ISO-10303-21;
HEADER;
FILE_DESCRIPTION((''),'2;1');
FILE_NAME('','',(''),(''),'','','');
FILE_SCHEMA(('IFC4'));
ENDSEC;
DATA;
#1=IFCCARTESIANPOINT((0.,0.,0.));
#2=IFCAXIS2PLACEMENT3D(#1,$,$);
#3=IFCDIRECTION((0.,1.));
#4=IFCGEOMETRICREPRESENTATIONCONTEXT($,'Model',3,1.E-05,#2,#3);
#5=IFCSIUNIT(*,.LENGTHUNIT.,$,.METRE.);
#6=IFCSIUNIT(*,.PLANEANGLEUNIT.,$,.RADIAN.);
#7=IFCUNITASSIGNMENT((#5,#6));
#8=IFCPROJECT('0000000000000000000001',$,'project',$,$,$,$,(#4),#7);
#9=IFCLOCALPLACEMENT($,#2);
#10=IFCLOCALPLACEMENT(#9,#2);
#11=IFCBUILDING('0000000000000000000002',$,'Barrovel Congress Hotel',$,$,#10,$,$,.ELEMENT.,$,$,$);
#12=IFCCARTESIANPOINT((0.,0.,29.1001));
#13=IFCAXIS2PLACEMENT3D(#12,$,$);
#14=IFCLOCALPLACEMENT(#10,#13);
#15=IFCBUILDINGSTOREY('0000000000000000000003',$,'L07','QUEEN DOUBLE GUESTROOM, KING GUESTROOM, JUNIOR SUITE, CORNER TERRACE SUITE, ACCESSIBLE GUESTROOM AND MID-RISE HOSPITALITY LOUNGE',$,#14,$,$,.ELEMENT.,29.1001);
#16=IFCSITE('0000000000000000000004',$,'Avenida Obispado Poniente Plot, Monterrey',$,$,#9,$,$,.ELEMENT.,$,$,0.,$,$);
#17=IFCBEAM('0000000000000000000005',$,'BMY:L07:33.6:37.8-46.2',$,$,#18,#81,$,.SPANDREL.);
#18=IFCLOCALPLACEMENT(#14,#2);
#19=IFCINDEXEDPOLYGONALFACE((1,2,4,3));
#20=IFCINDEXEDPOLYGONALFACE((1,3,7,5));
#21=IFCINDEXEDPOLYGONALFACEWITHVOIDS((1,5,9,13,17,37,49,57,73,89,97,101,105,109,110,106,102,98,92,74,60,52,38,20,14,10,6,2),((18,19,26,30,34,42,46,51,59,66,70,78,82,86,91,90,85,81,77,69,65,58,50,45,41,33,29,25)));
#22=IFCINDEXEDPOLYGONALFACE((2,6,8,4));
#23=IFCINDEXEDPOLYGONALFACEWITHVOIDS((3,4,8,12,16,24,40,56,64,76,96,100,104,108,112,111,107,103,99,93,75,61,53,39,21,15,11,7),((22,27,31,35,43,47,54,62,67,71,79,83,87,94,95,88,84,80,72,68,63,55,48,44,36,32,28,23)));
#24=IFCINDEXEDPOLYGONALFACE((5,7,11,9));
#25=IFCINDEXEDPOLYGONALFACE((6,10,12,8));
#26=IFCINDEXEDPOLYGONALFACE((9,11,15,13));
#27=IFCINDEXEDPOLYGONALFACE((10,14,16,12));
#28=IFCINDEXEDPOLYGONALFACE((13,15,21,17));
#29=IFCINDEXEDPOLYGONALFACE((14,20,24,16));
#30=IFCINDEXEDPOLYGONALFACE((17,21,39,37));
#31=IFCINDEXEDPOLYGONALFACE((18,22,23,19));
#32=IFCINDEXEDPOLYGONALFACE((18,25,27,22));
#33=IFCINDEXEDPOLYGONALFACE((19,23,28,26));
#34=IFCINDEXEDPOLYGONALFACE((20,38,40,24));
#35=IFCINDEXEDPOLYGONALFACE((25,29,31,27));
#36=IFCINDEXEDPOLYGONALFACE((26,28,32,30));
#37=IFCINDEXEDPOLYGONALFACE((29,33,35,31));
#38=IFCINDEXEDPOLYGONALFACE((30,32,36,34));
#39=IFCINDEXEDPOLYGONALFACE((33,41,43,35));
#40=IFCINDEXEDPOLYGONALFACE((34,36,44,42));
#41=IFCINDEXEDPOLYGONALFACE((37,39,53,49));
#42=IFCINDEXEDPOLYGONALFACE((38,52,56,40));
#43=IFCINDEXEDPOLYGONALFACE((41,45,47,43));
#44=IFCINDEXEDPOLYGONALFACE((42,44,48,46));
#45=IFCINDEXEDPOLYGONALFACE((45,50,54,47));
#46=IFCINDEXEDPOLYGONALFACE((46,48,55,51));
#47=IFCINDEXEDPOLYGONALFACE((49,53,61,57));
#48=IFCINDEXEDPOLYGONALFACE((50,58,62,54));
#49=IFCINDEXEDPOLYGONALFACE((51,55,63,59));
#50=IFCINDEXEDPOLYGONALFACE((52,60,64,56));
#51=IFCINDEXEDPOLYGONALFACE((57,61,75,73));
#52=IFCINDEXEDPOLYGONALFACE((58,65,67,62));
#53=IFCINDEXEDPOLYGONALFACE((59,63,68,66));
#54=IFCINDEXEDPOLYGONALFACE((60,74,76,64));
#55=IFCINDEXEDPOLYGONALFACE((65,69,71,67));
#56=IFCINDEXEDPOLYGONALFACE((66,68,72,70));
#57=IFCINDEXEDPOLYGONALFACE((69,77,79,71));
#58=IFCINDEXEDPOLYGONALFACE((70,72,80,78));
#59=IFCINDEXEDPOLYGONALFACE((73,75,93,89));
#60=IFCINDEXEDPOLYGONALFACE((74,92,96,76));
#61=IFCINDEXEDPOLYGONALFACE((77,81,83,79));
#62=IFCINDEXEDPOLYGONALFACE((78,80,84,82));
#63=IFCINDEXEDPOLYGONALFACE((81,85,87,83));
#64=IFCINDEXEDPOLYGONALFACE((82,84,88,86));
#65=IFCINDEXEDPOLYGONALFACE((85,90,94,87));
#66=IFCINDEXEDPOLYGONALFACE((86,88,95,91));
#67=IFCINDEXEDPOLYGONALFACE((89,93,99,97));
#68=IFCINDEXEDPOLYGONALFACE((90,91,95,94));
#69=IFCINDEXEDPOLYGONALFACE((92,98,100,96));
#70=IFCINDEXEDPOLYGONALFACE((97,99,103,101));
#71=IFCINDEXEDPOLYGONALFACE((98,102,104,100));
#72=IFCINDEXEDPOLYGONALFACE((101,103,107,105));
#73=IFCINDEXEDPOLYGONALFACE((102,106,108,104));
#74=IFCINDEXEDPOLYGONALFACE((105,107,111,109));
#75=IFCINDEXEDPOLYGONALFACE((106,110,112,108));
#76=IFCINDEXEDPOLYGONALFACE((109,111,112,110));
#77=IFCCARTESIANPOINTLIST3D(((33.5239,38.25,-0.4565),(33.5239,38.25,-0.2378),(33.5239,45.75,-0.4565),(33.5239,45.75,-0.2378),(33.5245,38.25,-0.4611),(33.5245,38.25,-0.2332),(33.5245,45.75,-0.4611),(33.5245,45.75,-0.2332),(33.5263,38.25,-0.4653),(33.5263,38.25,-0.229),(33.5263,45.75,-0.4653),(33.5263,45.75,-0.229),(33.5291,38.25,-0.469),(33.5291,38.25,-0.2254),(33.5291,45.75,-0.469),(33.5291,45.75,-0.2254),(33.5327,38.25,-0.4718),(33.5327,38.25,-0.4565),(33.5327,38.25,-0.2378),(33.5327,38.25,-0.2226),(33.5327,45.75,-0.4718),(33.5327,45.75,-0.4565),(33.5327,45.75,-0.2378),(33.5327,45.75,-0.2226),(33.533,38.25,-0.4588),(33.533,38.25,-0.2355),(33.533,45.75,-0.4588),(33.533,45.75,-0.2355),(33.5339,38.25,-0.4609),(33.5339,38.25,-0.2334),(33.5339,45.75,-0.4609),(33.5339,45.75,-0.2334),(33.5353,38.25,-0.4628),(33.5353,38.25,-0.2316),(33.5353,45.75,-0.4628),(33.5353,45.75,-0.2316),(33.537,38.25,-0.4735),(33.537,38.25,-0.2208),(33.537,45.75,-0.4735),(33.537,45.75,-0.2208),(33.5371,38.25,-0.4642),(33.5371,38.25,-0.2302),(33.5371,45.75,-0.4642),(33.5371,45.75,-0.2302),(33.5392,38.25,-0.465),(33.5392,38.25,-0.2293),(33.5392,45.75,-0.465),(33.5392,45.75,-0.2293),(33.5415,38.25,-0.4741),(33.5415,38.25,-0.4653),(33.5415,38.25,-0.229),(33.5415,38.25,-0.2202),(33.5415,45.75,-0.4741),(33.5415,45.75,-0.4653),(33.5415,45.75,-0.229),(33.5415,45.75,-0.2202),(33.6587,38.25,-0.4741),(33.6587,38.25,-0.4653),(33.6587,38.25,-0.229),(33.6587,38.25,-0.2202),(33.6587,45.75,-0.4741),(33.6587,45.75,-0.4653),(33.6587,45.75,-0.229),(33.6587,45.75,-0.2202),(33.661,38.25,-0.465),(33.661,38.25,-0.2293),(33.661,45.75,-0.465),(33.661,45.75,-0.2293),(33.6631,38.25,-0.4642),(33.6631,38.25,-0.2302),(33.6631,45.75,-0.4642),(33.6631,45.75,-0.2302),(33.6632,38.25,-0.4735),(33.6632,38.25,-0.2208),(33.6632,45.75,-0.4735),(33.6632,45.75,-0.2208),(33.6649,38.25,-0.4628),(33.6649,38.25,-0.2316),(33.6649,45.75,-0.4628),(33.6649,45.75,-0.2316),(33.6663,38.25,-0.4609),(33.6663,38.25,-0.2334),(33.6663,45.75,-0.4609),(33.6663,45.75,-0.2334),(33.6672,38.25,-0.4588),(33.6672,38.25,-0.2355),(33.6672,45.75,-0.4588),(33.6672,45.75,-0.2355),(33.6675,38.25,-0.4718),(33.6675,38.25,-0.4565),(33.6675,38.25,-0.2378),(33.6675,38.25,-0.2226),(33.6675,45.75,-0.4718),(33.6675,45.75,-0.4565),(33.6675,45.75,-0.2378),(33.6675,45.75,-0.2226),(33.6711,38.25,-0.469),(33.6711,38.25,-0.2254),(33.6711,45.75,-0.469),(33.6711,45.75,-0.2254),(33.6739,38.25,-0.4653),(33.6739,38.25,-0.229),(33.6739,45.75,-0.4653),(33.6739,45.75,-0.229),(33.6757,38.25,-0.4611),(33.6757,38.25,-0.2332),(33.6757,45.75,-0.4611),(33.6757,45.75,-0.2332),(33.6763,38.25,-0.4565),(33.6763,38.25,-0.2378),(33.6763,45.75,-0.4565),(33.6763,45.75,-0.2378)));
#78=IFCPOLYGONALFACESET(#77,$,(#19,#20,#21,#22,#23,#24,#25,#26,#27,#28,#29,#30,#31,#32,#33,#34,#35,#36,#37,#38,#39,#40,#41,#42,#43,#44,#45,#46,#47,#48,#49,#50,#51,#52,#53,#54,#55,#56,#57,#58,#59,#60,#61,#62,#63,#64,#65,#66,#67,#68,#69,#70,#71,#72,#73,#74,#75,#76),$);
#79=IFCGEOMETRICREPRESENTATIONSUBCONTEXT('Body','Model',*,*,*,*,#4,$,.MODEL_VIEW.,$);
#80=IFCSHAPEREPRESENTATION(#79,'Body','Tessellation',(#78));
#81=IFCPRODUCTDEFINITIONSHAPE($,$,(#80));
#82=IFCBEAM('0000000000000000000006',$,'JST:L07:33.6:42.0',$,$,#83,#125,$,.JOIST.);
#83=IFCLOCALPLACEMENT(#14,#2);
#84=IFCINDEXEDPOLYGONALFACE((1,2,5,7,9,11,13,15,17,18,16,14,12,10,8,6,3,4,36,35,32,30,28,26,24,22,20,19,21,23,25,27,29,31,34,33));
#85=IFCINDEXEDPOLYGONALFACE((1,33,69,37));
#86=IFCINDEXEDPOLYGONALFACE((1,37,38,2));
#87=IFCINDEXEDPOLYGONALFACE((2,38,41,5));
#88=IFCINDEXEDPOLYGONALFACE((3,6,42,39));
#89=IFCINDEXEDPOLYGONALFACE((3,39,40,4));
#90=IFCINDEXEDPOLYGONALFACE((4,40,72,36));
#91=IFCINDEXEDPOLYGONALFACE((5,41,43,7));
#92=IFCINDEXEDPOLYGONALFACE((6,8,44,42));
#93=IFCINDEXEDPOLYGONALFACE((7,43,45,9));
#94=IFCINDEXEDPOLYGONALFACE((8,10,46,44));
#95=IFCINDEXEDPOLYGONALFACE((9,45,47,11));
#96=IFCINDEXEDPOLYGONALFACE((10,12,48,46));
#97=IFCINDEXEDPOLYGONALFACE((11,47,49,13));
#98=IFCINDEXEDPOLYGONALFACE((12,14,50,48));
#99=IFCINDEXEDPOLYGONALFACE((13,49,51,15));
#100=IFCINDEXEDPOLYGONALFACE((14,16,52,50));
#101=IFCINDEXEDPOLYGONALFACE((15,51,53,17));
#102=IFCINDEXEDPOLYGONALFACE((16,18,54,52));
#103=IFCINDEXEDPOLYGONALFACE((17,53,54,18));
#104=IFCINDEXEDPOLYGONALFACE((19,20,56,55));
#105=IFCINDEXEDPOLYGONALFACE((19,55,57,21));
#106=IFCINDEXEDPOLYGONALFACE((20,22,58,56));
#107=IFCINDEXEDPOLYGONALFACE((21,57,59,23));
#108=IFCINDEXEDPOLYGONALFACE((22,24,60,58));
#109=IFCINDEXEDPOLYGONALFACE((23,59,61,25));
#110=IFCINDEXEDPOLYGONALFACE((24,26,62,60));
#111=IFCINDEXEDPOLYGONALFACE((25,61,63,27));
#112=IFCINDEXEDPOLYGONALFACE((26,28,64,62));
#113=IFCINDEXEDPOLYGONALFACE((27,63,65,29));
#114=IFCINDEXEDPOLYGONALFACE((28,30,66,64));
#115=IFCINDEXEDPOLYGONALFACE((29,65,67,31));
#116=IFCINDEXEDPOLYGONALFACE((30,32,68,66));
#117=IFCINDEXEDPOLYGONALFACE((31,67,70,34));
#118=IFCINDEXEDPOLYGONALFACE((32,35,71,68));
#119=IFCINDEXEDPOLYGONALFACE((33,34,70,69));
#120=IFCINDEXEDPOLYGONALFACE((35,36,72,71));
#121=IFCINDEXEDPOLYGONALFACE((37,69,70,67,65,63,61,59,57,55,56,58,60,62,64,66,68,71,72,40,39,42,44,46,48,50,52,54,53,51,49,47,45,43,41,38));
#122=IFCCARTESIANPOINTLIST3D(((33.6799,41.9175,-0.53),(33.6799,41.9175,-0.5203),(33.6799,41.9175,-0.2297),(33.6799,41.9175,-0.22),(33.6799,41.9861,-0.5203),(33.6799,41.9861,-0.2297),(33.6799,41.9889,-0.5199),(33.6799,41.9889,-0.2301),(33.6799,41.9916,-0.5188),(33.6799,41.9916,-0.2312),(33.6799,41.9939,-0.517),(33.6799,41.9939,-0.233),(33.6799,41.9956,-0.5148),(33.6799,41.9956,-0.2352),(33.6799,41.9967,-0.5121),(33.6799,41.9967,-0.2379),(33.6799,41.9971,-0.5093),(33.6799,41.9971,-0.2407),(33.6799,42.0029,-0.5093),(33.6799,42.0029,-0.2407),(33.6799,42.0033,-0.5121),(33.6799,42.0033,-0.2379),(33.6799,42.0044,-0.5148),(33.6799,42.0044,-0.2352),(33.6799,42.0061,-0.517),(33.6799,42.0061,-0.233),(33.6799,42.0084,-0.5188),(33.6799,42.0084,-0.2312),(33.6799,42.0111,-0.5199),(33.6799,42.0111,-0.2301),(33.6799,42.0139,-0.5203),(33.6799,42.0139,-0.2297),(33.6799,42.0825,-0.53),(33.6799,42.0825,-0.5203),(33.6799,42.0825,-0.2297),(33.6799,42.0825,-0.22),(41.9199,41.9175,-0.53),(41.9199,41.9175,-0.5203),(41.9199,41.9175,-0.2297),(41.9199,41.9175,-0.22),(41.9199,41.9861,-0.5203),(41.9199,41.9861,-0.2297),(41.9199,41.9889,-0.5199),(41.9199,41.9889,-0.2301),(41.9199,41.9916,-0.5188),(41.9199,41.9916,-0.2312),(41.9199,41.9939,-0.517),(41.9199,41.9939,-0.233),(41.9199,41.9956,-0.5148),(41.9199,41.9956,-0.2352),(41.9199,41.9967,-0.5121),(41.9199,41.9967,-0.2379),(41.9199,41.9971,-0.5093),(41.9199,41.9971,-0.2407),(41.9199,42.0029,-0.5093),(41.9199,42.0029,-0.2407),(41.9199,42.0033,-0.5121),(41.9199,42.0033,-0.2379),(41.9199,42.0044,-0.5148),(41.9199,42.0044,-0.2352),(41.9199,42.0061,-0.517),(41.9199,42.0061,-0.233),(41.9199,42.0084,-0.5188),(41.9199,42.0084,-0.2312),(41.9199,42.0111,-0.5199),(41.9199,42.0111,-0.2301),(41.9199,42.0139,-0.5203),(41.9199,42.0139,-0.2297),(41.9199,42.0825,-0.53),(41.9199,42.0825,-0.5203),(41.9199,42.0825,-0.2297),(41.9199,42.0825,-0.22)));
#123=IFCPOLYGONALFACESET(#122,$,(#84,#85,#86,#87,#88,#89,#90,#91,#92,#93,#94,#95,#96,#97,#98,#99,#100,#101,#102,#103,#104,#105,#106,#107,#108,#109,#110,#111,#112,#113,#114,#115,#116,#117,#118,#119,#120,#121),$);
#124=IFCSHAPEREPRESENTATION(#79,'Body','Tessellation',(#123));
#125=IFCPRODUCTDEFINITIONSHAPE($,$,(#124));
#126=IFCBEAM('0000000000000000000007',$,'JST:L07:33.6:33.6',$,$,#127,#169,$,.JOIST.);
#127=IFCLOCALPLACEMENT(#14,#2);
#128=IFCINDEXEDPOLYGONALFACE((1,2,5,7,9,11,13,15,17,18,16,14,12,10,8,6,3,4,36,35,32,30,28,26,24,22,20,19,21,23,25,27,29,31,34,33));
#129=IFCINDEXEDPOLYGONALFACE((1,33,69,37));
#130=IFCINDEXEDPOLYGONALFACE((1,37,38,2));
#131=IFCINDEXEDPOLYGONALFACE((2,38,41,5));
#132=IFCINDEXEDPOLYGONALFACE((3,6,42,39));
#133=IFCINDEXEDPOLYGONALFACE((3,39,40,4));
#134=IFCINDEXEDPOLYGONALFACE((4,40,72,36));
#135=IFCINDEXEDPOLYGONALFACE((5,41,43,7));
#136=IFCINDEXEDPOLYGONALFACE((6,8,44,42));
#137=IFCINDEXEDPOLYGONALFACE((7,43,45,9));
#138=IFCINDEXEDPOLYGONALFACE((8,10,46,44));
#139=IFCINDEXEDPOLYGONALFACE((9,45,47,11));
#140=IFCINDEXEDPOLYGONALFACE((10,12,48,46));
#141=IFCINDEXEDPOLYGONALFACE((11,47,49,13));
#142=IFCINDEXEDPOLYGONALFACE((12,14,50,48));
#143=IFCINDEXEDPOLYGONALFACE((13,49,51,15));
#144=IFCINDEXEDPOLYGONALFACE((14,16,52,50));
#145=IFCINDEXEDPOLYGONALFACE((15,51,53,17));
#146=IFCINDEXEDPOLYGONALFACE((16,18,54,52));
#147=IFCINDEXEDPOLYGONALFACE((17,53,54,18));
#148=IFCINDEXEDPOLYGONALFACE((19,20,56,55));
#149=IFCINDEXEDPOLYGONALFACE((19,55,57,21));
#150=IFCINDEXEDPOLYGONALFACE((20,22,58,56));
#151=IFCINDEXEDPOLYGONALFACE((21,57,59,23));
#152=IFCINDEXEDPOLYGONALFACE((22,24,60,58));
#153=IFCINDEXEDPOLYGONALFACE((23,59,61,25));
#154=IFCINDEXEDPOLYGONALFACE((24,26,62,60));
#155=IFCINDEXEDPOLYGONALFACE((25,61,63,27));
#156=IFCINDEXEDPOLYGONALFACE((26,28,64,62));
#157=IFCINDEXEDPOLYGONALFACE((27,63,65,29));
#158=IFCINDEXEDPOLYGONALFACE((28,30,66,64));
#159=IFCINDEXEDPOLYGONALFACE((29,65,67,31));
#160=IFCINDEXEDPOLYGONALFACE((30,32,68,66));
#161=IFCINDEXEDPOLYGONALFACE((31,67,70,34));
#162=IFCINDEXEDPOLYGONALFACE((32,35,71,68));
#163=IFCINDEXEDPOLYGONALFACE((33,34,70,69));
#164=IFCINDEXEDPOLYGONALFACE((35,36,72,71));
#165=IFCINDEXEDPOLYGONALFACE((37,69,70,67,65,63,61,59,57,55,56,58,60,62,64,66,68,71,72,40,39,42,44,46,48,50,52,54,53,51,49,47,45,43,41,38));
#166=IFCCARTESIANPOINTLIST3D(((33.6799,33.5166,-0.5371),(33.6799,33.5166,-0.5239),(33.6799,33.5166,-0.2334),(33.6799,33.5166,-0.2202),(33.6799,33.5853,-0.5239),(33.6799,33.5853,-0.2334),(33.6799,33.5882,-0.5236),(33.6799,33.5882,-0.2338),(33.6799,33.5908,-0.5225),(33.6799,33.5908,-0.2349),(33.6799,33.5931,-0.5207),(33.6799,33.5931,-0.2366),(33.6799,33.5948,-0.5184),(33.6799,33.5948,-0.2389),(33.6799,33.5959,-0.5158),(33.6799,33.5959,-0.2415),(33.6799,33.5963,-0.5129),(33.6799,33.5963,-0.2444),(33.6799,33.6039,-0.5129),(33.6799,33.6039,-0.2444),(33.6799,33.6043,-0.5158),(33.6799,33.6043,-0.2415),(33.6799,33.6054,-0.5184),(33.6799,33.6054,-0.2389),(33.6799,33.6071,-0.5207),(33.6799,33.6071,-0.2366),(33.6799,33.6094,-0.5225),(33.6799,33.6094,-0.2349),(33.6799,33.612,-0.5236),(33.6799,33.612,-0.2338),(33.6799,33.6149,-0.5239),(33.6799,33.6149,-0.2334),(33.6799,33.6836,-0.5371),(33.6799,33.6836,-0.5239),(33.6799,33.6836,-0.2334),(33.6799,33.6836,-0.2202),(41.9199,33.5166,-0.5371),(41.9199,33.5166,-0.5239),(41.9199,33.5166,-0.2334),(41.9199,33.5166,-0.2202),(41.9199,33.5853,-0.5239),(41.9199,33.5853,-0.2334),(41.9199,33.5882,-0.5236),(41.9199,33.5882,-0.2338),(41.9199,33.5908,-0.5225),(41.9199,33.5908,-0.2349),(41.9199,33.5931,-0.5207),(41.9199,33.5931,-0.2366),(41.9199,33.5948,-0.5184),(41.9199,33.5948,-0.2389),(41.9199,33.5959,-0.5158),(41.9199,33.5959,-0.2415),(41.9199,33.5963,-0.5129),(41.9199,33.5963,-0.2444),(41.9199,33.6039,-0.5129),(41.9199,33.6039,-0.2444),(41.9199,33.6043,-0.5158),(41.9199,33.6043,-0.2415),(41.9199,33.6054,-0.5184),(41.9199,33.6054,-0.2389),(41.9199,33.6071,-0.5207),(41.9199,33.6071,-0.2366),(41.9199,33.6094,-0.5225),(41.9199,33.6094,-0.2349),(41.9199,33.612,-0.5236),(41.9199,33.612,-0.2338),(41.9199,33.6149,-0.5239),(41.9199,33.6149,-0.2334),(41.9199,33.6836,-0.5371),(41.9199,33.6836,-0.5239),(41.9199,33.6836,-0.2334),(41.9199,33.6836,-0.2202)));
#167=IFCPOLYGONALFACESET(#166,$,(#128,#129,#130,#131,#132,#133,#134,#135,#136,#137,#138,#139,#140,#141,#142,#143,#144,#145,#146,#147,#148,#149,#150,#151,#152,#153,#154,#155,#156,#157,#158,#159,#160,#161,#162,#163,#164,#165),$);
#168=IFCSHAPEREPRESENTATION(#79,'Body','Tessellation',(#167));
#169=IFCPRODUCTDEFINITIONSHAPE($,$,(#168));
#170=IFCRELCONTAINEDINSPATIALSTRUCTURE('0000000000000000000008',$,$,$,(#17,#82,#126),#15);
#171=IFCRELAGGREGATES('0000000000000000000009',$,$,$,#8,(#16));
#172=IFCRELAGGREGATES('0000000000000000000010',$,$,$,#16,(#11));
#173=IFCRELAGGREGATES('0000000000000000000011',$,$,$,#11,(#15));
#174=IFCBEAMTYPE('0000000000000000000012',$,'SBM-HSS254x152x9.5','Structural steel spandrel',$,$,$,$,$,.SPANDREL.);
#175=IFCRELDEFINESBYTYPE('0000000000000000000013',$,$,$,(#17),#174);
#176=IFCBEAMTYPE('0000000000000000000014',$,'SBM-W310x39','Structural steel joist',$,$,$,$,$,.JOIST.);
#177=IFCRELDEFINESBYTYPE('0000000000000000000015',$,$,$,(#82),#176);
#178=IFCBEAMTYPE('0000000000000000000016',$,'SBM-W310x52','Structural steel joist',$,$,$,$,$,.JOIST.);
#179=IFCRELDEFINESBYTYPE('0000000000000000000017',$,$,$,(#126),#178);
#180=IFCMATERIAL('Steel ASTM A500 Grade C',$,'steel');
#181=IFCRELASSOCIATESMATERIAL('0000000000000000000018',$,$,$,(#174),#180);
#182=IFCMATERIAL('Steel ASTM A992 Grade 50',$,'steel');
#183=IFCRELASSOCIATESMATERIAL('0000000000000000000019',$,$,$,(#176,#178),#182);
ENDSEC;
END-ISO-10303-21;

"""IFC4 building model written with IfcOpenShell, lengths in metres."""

from ifc_helpers import new_model, si_unit, direction, frame, origin, origin_2d, place, context, subcontext, project, spatial, hollow_rectangle, i_section, extrude, material, material_profile, profile_set, type_object, element, save


model = new_model("IFC4")

# Units and contexts
model_context = context("Model", 3, precision=1e-05, world=origin(), true_north=direction((0.0, 1.0)))
body_context = subcontext(model_context, "Body", "Model", "MODEL_VIEW")
ifc_project = project(units=[si_unit("LENGTHUNIT", "METRE"), si_unit("PLANEANGLEUNIT", "RADIAN")], contexts=[model_context])

# Site, building, storey
site_placement = place(None, origin())
site = spatial("IfcSite", under=ifc_project, at=site_placement, Name="Avenida Obispado Poniente Plot, Monterrey", CompositionType="ELEMENT", RefElevation=0.0)
building_placement = place(site_placement, origin())
building = spatial("IfcBuilding", under=site, at=building_placement, Name="Barrovel Congress Hotel", CompositionType="ELEMENT")
storey_placement = place(building_placement, frame((0.0, 0.0, 29.1001)))
storey = spatial("IfcBuildingStorey", under=building, at=storey_placement, Name="L07", Description="QUEEN DOUBLE GUESTROOM, KING GUESTROOM, JUNIOR SUITE, CORNER TERRACE SUITE, ACCESSIBLE GUESTROOM AND MID-RISE HOSPITALITY LOUNGE", CompositionType="ELEMENT", Elevation=29.1001)

# Beams
ifc_material_1 = material(Name="Steel ASTM A500 Grade C", Category="steel")
ifc_material_profile_1 = material_profile(ifc_material_1, hollow_rectangle(XDim=0.1523, YDim=0.2539, WallThickness=0.0088, InnerFilletRadius=0.0088, OuterFilletRadius=0.0176, at=origin_2d()), Name="HSS254x152x9.5")
ifc_profile_set_1 = profile_set([ifc_material_profile_1], Name="Steel ASTM A500 Grade C")
beam_type_1 = type_object("IfcBeamType", Name="SBM-HSS254x152x9.5", Description="Structural steel spandrel", PredefinedType="SPANDREL", material=ifc_profile_set_1)
beam_1_placement = place(storey_placement, frame((33.6001, 38.25, -0.3472), z_axis=(0.0, 1.0, 0.0), x_axis=(-1.0, 0.0, 0.0)))
element("IfcBeam", 1, at=beam_1_placement, inside=storey, type_object=beam_type_1, Name="BMY:L07:33.6:37.8-46.2", PredefinedType="SPANDREL", context=body_context, shape_type="SweptSolid", body=[
    extrude(hollow_rectangle(XDim=0.1523, YDim=0.2539, WallThickness=0.0088, InnerFilletRadius=0.0088, OuterFilletRadius=0.0176, at=origin_2d()), origin(), (0.0, 0.0, 1.0), 7.5),
])
ifc_material_2 = material(Name="Steel ASTM A992 Grade 50", Category="steel")
ifc_material_profile_2 = material_profile(ifc_material_2, i_section(OverallWidth=0.165, OverallDepth=0.3101, WebThickness=0.0059, FlangeThickness=0.0098, FilletRadius=0.011, at=origin_2d()), Name="W310x39")
ifc_profile_set_2 = profile_set([ifc_material_profile_2], Name="Steel ASTM A992 Grade 50")
beam_type_2 = type_object("IfcBeamType", Name="SBM-W310x39", Description="Structural steel joist", PredefinedType="JOIST", material=ifc_profile_set_2)
beam_2_placement = place(storey_placement, frame((33.6799, 42.0, -0.375), z_axis=(1.0, 0.0, 0.0), x_axis=(0.0, 1.0, 0.0)))
element("IfcBeam", 2, at=beam_2_placement, inside=storey, type_object=beam_type_2, Name="JST:L07:33.6:42.0", PredefinedType="JOIST", context=body_context, shape_type="SweptSolid", body=[
    extrude(i_section(OverallWidth=0.165, OverallDepth=0.3101, WebThickness=0.0059, FlangeThickness=0.0098, FilletRadius=0.011, at=origin_2d()), origin(), (0.0, 0.0, 1.0), 8.24),
])
ifc_material_profile_3 = material_profile(ifc_material_2, i_section(OverallWidth=0.167, OverallDepth=0.3169, WebThickness=0.0076, FlangeThickness=0.0132, FilletRadius=0.011, at=origin_2d()), Name="W310x52")
ifc_profile_set_3 = profile_set([ifc_material_profile_3], Name="Steel ASTM A992 Grade 50")
beam_type_3 = type_object("IfcBeamType", Name="SBM-W310x52", Description="Structural steel joist", PredefinedType="JOIST", material=ifc_profile_set_3)
beam_3_placement = place(storey_placement, frame((33.6799, 33.6001, -0.3787), z_axis=(1.0, 0.0, 0.0), x_axis=(0.0, 1.0, 0.0)))
element("IfcBeam", 3, at=beam_3_placement, inside=storey, type_object=beam_type_3, Name="JST:L07:33.6:33.6", PredefinedType="JOIST", context=body_context, shape_type="SweptSolid", body=[
    extrude(i_section(OverallWidth=0.167, OverallDepth=0.3169, WebThickness=0.0076, FlangeThickness=0.0132, FilletRadius=0.011, at=origin_2d()), origin(), (0.0, 0.0, 1.0), 8.24),
])

save(model, "model.ifc")
